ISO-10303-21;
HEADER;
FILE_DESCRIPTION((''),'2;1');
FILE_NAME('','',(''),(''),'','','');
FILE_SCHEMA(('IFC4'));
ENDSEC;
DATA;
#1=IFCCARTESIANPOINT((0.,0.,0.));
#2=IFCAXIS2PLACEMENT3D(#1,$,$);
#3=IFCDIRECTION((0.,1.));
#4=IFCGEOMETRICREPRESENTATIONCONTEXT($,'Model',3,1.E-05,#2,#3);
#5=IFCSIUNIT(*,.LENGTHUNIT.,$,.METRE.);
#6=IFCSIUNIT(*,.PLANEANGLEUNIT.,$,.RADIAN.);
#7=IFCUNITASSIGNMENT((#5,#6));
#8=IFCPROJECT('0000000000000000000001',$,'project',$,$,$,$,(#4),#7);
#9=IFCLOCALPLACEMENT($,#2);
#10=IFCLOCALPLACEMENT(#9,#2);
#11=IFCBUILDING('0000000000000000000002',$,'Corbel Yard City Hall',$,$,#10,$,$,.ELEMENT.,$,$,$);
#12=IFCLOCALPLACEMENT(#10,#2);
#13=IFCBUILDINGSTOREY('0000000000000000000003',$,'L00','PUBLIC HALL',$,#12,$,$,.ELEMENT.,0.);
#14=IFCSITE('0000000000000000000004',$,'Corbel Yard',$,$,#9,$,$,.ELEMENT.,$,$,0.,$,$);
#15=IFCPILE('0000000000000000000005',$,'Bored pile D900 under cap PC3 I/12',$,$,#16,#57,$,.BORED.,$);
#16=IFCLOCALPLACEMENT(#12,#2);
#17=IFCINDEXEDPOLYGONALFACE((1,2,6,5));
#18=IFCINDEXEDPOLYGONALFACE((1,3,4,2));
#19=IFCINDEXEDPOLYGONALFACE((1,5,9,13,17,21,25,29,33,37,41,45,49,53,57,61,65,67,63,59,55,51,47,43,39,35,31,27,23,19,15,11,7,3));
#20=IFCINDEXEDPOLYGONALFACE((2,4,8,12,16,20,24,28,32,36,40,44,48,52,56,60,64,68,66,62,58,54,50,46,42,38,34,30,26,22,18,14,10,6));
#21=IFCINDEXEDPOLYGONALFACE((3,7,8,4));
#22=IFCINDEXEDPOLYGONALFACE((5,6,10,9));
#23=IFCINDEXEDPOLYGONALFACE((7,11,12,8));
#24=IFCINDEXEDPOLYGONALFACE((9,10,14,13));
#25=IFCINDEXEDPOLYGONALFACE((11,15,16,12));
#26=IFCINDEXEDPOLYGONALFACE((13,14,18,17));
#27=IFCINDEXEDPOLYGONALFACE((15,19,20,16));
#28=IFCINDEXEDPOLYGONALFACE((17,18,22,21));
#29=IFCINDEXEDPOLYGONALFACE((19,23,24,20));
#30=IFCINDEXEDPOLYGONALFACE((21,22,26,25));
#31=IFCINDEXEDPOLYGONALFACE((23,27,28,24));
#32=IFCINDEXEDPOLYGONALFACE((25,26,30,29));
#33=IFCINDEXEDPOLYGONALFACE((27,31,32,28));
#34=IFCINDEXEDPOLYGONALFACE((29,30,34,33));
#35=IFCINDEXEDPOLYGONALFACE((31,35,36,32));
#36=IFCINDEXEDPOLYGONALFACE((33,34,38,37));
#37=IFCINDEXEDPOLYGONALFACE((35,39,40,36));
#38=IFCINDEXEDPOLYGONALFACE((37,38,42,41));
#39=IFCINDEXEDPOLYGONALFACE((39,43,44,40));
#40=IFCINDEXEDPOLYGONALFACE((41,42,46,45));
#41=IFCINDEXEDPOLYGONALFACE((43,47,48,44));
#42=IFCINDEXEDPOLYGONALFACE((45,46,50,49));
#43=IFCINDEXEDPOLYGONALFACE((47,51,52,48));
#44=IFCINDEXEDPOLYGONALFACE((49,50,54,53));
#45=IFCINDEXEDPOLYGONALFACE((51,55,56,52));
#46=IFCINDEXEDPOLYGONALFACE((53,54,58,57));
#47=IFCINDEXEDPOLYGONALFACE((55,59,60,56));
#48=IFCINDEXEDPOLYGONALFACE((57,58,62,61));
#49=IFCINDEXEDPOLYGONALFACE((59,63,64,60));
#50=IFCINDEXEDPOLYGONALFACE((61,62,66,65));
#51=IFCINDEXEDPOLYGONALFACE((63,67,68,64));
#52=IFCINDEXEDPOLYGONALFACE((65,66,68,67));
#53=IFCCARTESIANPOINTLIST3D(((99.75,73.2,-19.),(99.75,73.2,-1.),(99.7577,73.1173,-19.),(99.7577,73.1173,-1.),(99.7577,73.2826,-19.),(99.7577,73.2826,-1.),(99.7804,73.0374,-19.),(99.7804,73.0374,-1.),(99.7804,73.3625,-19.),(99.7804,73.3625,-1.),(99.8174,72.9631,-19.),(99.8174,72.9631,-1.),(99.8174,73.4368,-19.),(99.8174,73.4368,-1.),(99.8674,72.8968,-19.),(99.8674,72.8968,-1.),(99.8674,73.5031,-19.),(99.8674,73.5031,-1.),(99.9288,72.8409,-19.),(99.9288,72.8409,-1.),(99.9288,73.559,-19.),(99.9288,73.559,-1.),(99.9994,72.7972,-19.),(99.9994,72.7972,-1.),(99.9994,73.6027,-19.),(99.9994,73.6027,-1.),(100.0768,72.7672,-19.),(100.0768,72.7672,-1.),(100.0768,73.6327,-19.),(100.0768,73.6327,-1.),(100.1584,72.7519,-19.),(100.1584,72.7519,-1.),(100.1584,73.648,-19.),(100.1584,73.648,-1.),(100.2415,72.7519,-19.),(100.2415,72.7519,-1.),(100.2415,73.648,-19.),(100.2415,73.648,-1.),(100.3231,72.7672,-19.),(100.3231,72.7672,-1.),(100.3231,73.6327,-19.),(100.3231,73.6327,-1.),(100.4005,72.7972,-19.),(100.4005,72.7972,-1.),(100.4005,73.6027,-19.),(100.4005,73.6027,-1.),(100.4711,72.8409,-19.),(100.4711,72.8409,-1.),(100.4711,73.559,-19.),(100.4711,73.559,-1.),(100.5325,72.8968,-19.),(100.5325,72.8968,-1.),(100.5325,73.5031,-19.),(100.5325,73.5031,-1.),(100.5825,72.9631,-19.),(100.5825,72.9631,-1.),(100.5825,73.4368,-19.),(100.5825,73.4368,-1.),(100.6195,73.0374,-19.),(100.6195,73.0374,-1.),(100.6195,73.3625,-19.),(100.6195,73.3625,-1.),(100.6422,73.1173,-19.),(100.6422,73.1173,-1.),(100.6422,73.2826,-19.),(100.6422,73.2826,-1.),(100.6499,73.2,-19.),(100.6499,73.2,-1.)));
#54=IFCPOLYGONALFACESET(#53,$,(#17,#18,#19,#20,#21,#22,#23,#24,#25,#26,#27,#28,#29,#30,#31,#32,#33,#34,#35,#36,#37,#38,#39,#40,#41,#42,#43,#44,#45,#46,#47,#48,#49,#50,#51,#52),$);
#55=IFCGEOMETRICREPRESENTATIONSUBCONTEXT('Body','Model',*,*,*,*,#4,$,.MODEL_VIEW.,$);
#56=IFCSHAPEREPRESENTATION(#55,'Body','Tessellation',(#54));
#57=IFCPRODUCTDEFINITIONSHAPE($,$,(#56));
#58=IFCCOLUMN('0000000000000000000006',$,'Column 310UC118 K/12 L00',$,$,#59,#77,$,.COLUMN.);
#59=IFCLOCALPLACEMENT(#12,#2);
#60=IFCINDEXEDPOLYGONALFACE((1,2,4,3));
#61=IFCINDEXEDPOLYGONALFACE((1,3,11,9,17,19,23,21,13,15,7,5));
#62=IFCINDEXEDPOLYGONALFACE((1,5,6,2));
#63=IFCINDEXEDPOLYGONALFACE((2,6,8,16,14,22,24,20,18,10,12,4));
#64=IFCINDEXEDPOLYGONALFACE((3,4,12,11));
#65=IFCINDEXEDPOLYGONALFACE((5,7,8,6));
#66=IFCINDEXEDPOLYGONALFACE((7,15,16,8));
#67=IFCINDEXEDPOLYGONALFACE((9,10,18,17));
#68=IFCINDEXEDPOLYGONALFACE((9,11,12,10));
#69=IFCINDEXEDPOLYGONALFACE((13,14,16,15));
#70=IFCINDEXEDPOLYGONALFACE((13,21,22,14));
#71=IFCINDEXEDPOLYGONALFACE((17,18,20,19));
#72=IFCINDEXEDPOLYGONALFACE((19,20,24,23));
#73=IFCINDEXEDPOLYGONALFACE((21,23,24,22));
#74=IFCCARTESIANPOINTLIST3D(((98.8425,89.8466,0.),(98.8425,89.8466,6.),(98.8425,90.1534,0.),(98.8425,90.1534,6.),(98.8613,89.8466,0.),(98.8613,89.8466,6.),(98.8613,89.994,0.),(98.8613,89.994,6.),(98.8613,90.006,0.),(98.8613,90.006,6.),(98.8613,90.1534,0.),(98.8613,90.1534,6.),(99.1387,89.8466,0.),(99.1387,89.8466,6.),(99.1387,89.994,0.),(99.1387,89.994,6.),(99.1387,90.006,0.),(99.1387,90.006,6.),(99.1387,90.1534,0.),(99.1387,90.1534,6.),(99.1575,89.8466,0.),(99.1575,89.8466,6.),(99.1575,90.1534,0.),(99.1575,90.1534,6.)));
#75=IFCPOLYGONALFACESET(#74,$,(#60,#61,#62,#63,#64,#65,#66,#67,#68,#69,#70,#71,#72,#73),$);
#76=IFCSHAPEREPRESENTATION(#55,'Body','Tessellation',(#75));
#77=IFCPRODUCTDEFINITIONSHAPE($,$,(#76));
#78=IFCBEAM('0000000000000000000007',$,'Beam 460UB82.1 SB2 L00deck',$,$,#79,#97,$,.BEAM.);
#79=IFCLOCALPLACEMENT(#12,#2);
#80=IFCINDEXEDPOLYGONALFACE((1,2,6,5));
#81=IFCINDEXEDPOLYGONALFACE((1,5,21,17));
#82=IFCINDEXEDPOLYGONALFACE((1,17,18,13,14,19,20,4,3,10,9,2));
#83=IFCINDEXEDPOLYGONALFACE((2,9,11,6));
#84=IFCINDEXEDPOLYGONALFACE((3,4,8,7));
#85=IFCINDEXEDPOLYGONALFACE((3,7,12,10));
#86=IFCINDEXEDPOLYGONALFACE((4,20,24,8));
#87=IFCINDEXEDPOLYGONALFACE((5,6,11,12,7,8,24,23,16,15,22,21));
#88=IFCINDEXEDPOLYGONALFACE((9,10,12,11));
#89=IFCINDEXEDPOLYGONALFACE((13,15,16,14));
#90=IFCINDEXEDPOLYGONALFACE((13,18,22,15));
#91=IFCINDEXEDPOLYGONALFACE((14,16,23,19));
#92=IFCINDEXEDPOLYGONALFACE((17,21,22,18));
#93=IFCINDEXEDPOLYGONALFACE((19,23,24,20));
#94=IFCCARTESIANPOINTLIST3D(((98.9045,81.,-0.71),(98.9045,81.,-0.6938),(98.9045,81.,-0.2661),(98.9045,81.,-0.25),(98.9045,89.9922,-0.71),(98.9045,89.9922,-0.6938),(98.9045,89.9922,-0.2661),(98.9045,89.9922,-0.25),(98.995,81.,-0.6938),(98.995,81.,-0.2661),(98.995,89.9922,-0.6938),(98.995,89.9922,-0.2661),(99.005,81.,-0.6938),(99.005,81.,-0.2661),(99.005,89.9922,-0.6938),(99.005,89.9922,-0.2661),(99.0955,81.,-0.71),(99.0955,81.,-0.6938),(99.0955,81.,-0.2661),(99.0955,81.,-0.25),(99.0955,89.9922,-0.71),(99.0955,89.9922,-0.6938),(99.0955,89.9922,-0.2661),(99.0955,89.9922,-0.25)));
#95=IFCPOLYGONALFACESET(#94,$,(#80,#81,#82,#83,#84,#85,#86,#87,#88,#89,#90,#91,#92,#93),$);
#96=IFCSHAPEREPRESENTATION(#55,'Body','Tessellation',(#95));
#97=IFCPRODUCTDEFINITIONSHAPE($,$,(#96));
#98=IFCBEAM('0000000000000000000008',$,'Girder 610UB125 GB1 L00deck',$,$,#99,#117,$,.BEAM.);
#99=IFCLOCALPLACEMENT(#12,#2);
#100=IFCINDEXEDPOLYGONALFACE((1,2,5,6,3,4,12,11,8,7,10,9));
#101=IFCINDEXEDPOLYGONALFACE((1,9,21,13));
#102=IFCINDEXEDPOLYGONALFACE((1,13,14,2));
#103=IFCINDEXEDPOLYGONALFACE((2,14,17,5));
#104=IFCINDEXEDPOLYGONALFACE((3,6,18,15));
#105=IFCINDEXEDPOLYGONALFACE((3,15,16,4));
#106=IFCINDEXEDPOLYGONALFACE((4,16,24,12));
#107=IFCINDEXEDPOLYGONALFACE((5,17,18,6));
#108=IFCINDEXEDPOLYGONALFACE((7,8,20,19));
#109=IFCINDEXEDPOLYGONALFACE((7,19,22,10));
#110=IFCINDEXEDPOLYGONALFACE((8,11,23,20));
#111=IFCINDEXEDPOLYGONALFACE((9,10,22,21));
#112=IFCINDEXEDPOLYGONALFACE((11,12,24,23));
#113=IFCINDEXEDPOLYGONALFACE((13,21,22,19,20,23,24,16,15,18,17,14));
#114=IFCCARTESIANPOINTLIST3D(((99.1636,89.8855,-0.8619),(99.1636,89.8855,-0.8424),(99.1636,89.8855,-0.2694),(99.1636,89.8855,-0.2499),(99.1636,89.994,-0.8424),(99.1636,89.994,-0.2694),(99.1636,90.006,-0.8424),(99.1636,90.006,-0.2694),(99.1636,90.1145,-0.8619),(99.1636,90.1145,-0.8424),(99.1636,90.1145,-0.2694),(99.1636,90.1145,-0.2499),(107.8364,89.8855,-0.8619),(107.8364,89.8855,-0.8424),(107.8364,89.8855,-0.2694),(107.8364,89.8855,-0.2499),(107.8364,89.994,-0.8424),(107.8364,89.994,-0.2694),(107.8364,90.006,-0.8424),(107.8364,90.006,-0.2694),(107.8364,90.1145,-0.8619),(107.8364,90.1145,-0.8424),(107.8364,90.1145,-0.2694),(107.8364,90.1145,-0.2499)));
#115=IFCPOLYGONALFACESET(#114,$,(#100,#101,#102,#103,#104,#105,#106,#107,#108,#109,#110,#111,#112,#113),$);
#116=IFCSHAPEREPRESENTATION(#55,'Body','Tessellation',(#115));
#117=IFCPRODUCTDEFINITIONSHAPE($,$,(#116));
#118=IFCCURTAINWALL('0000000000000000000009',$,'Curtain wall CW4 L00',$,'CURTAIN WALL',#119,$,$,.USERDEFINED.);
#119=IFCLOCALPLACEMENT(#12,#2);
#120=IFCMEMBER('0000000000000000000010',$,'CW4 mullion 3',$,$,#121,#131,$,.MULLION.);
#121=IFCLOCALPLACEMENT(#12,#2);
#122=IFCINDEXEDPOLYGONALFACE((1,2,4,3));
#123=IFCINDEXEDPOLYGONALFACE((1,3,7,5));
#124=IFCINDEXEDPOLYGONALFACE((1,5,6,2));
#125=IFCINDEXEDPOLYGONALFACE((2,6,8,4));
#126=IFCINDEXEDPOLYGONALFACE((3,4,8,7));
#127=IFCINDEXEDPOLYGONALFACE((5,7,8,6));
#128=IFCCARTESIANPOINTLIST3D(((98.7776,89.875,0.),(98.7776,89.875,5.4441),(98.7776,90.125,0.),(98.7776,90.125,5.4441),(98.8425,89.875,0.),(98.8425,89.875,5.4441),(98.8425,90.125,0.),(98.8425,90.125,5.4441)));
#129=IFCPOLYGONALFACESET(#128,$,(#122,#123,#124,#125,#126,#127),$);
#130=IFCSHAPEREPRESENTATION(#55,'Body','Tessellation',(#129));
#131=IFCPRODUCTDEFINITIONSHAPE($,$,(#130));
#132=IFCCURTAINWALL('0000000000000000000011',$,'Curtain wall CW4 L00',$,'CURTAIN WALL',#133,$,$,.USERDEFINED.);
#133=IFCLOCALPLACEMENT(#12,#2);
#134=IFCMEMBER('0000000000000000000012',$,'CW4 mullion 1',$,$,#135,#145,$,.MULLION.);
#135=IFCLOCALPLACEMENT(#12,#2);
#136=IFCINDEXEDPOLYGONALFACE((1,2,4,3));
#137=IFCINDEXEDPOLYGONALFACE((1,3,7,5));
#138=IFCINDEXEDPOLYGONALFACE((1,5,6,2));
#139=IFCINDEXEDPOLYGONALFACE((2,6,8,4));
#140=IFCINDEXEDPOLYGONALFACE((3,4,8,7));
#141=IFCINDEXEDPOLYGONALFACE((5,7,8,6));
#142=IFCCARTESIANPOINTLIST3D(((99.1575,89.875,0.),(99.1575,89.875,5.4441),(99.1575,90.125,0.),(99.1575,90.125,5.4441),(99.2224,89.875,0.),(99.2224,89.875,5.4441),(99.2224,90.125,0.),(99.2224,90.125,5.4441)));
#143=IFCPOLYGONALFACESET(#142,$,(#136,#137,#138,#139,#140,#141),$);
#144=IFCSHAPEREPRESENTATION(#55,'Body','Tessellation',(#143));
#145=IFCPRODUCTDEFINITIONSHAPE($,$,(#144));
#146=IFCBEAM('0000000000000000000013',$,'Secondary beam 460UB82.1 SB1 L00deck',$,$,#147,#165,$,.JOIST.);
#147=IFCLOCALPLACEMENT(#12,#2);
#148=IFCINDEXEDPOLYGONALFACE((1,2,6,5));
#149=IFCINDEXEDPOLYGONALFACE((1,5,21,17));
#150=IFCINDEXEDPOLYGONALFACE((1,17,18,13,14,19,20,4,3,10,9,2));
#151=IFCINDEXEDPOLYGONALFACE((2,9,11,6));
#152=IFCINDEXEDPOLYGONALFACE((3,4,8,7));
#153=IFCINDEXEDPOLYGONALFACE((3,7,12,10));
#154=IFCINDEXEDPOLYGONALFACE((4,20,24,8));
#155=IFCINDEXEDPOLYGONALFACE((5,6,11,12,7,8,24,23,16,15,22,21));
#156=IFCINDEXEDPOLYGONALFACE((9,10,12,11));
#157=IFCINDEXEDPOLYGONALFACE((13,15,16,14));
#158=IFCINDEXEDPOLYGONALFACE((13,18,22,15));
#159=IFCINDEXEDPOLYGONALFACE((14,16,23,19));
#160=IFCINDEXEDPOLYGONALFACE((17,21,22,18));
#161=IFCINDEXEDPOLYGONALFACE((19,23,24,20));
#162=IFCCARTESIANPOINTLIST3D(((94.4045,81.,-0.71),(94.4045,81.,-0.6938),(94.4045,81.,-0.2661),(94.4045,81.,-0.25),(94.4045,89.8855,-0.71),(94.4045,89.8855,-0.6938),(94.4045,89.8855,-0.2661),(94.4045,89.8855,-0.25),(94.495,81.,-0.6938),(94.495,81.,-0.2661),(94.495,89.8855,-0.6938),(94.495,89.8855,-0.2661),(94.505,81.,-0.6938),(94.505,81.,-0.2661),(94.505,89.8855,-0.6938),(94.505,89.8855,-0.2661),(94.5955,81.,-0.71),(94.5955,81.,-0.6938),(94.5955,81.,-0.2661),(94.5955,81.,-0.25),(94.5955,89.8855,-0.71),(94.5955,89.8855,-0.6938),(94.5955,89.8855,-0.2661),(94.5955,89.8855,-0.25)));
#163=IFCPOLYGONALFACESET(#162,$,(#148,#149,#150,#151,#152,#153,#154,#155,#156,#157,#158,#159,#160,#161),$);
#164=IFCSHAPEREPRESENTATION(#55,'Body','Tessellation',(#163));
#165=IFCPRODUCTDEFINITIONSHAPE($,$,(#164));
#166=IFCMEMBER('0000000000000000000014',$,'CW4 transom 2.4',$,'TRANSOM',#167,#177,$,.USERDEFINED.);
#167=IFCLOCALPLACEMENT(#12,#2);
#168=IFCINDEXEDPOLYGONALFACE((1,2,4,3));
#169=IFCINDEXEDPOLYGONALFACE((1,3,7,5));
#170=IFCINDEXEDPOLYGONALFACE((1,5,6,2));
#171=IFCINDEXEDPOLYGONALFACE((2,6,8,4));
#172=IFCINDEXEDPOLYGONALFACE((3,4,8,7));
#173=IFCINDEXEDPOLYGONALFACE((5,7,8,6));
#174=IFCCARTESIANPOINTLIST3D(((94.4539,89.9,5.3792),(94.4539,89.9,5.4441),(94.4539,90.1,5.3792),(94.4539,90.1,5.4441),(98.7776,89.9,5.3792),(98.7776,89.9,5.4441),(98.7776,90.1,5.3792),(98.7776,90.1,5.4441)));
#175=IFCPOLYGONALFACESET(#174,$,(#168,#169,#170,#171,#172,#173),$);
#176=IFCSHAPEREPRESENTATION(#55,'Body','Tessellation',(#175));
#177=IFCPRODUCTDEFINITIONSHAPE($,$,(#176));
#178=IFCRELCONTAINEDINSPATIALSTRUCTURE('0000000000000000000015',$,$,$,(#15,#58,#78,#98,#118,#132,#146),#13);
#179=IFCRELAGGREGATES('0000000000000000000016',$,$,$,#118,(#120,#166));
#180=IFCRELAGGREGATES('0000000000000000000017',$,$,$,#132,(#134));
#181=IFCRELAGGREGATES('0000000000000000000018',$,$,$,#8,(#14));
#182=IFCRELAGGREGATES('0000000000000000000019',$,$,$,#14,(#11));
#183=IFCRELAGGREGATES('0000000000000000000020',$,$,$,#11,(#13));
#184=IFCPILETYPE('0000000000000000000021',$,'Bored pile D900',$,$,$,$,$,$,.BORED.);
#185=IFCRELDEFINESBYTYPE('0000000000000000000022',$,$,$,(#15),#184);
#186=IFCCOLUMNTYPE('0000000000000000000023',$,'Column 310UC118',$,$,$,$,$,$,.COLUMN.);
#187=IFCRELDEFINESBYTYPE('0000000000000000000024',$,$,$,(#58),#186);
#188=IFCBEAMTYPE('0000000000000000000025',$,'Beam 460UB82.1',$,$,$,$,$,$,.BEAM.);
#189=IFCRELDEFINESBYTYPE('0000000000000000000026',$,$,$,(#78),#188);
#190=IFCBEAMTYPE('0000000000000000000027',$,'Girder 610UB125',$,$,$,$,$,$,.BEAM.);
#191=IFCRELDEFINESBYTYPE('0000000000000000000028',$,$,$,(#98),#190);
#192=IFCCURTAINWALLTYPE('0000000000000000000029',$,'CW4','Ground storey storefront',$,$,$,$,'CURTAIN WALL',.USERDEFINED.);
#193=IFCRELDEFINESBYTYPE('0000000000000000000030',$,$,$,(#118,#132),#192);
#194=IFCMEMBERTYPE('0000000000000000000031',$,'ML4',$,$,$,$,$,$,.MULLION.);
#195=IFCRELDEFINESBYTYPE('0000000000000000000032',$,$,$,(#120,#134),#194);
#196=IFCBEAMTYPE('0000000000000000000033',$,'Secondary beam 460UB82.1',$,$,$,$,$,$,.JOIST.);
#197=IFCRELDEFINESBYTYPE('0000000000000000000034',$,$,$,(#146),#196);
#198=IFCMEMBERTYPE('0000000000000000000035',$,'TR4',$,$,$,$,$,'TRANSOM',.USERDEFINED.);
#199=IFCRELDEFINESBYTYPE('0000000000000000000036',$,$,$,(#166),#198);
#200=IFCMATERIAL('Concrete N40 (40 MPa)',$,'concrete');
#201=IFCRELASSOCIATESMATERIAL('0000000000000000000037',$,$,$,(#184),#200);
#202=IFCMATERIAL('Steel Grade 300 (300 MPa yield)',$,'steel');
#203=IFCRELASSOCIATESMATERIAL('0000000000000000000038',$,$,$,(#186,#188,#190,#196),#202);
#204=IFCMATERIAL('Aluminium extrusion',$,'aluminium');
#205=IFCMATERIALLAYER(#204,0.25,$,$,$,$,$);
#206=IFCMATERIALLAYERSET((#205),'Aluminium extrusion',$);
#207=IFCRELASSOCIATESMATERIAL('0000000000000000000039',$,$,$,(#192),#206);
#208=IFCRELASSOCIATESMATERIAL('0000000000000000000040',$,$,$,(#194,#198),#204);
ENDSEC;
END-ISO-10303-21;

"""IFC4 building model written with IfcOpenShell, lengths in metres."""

from ifc_helpers import new_model, si_unit, direction, frame, origin, origin_2d, place, context, subcontext, project, spatial, rectangle, circle, i_section, extrude, material, layer, layer_set, material_profile, profile_set, type_object, element, aggregate, save


model = new_model("IFC4")

# Units and contexts
model_context = context("Model", 3, precision=1e-05, world=origin(), true_north=direction((0.0, 1.0)))
body_context = subcontext(model_context, "Body", "Model", "MODEL_VIEW")
ifc_project = project(units=[si_unit("LENGTHUNIT", "METRE"), si_unit("PLANEANGLEUNIT", "RADIAN")], contexts=[model_context])

# Site, building, storey
site_placement = place(None, origin())
site = spatial("IfcSite", under=ifc_project, at=site_placement, Name="Corbel Yard", CompositionType="ELEMENT", RefElevation=0.0)
building_placement = place(site_placement, origin())
building = spatial("IfcBuilding", under=site, at=building_placement, Name="Corbel Yard City Hall", CompositionType="ELEMENT")
storey_placement = place(building_placement, origin())
storey = spatial("IfcBuildingStorey", under=building, at=storey_placement, Name="L00", Description="PUBLIC HALL", CompositionType="ELEMENT", Elevation=0.0)

# Pile
ifc_material_1 = material(Name="Concrete N40 (40 MPa)", Category="concrete")
ifc_material_profile_1 = material_profile(ifc_material_1, circle(Radius=0.45, at=origin_2d()), Name="D900")
ifc_profile_set_1 = profile_set([ifc_material_profile_1], Name="Concrete N40 (40 MPa)")
pile_type = type_object("IfcPileType", Name="Bored pile D900", PredefinedType="BORED", material=ifc_profile_set_1)
pile_placement = place(storey_placement, frame((100.2, 73.2, -1.0), z_axis=(0.0, 0.0, -1.0), x_axis=(1.0, 0.0, 0.0)))
element("IfcPile", 1, at=pile_placement, inside=storey, type_object=pile_type, Name="Bored pile D900 under cap PC3 I/12", PredefinedType="BORED", context=body_context, shape_type="SweptSolid", body=[
    extrude(circle(Radius=0.45, at=origin_2d()), origin(), (0.0, 0.0, 1.0), 18.0),
])

# Column
ifc_material_2 = material(Name="Steel Grade 300 (300 MPa yield)", Category="steel")
ifc_material_profile_2 = material_profile(ifc_material_2, i_section(OverallWidth=0.3069, OverallDepth=0.3149, WebThickness=0.012, FlangeThickness=0.0188, at=origin_2d()), Name="310UC118")
ifc_profile_set_2 = profile_set([ifc_material_profile_2], Name="Steel Grade 300 (300 MPa yield)")
column_type = type_object("IfcColumnType", Name="Column 310UC118", PredefinedType="COLUMN", material=ifc_profile_set_2)
column_placement = place(storey_placement, frame((99.0, 90.0, 0.0), z_axis=(0.0, 0.0, 1.0), x_axis=(0.0, 1.0, 0.0)))
element("IfcColumn", 2, at=column_placement, inside=storey, type_object=column_type, Name="Column 310UC118 K/12 L00", PredefinedType="COLUMN", context=body_context, shape_type="SweptSolid", body=[
    extrude(i_section(OverallWidth=0.3069, OverallDepth=0.3149, WebThickness=0.012, FlangeThickness=0.0188, at=origin_2d()), origin(), (0.0, 0.0, 1.0), 6.0),
])

# Beams
ifc_material_profile_3 = material_profile(ifc_material_2, i_section(OverallWidth=0.1909, OverallDepth=0.46, WebThickness=0.01, FlangeThickness=0.0161, at=origin_2d()), Name="460UB82.1")
ifc_profile_set_3 = profile_set([ifc_material_profile_3], Name="Steel Grade 300 (300 MPa yield)")
beam_type_1 = type_object("IfcBeamType", Name="Beam 460UB82.1", PredefinedType="BEAM", material=ifc_profile_set_3)
beam_1_placement = place(storey_placement, frame((99.0, 81.0, -0.48), z_axis=(0.0, 1.0, 0.0), x_axis=(-1.0, 0.0, 0.0)))
element("IfcBeam", 3, at=beam_1_placement, inside=storey, type_object=beam_type_1, Name="Beam 460UB82.1 SB2 L00deck", PredefinedType="BEAM", context=body_context, shape_type="SweptSolid", body=[
    extrude(i_section(OverallWidth=0.1909, OverallDepth=0.46, WebThickness=0.01, FlangeThickness=0.0161, at=origin_2d()), origin(), (0.0, 0.0, 1.0), 8.9922),
])
ifc_material_profile_4 = material_profile(ifc_material_2, i_section(OverallWidth=0.229, OverallDepth=0.6121, WebThickness=0.012, FlangeThickness=0.0195, at=origin_2d()), Name="610UB125")
ifc_profile_set_4 = profile_set([ifc_material_profile_4], Name="Steel Grade 300 (300 MPa yield)")
beam_type_2 = type_object("IfcBeamType", Name="Girder 610UB125", PredefinedType="BEAM", material=ifc_profile_set_4)
beam_2_placement = place(storey_placement, frame((99.1636, 90.0, -0.5559), z_axis=(1.0, 0.0, 0.0), x_axis=(0.0, 1.0, 0.0)))
element("IfcBeam", 4, at=beam_2_placement, inside=storey, type_object=beam_type_2, Name="Girder 610UB125 GB1 L00deck", PredefinedType="BEAM", context=body_context, shape_type="SweptSolid", body=[
    extrude(i_section(OverallWidth=0.229, OverallDepth=0.6121, WebThickness=0.012, FlangeThickness=0.0195, at=origin_2d()), origin(), (0.0, 0.0, 1.0), 8.6729),
])

# Curtain walls, members
ifc_material_3 = material(Name="Aluminium extrusion", Category="aluminium")
ifc_layer_1 = layer(ifc_material_3, 0.25)
ifc_layer_set_1 = layer_set([ifc_layer_1], Name="Aluminium extrusion")
curtain_wall_type = type_object("IfcCurtainWallType", Name="CW4", Description="Ground storey storefront", ElementType="CURTAIN WALL", PredefinedType="USERDEFINED", material=ifc_layer_set_1)
curtain_wall_1_placement = place(storey_placement, origin())
curtain_wall_1 = element("IfcCurtainWall", 5, at=curtain_wall_1_placement, inside=storey, type_object=curtain_wall_type, Name="Curtain wall CW4 L00", ObjectType="CURTAIN WALL", PredefinedType="USERDEFINED")
ifc_material_profile_5 = material_profile(ifc_material_3, rectangle(XDim=0.25, YDim=0.0649, at=origin_2d()), Name="250x65")
ifc_profile_set_5 = profile_set([ifc_material_profile_5], Name="Aluminium extrusion")
member_type_1 = type_object("IfcMemberType", Name="ML4", PredefinedType="MULLION", material=ifc_profile_set_5)
member_1_placement = place(storey_placement, frame((98.8101, 90.0, 0.0), z_axis=(0.0, 0.0, 1.0), x_axis=(0.0, 1.0, 0.0)))
member_1 = element("IfcMember", 6, at=member_1_placement, type_object=member_type_1, Name="CW4 mullion 3", PredefinedType="MULLION", context=body_context, shape_type="SweptSolid", body=[
    extrude(rectangle(XDim=0.25, YDim=0.0649, at=origin_2d()), origin(), (0.0, 0.0, 1.0), 5.4441),
])
curtain_wall_2_placement = place(storey_placement, origin())
curtain_wall_2 = element("IfcCurtainWall", 7, at=curtain_wall_2_placement, inside=storey, type_object=curtain_wall_type, Name="Curtain wall CW4 L00", ObjectType="CURTAIN WALL", PredefinedType="USERDEFINED")
member_2_placement = place(storey_placement, frame((99.1899, 90.0, 0.0), z_axis=(0.0, 0.0, 1.0), x_axis=(0.0, 1.0, 0.0)))
member_2 = element("IfcMember", 8, at=member_2_placement, type_object=member_type_1, Name="CW4 mullion 1", PredefinedType="MULLION", context=body_context, shape_type="SweptSolid", body=[
    extrude(rectangle(XDim=0.25, YDim=0.0649, at=origin_2d()), origin(), (0.0, 0.0, 1.0), 5.4441),
])

# Beam
ifc_material_profile_6 = material_profile(ifc_material_2, i_section(OverallWidth=0.1909, OverallDepth=0.46, WebThickness=0.01, FlangeThickness=0.0161, at=origin_2d()), Name="460UB82.1")
ifc_profile_set_6 = profile_set([ifc_material_profile_6], Name="Steel Grade 300 (300 MPa yield)")
beam_type_3 = type_object("IfcBeamType", Name="Secondary beam 460UB82.1", PredefinedType="JOIST", material=ifc_profile_set_6)
beam_3_placement = place(storey_placement, frame((94.5, 81.0, -0.48), z_axis=(0.0, 1.0, 0.0), x_axis=(-1.0, 0.0, 0.0)))
element("IfcBeam", 9, at=beam_3_placement, inside=storey, type_object=beam_type_3, Name="Secondary beam 460UB82.1 SB1 L00deck", PredefinedType="JOIST", context=body_context, shape_type="SweptSolid", body=[
    extrude(i_section(OverallWidth=0.1909, OverallDepth=0.46, WebThickness=0.01, FlangeThickness=0.0161, at=origin_2d()), origin(), (0.0, 0.0, 1.0), 8.8855),
])

# Member
ifc_material_profile_7 = material_profile(ifc_material_3, rectangle(XDim=0.2, YDim=0.0649, at=origin_2d()), Name="200x65")
ifc_profile_set_7 = profile_set([ifc_material_profile_7], Name="Aluminium extrusion")
member_type_2 = type_object("IfcMemberType", Name="TR4", ElementType="TRANSOM", PredefinedType="USERDEFINED", material=ifc_profile_set_7)
member_3_placement = place(storey_placement, frame((94.4539, 90.0, 5.4116), z_axis=(1.0, 0.0, 0.0), x_axis=(0.0, 1.0, 0.0)))
member_3 = element("IfcMember", 10, at=member_3_placement, type_object=member_type_2, Name="CW4 transom 2.4", ObjectType="TRANSOM", PredefinedType="USERDEFINED", context=body_context, shape_type="SweptSolid", body=[
    extrude(rectangle(XDim=0.2, YDim=0.0649, at=origin_2d()), origin(), (0.0, 0.0, 1.0), 4.3237),
])

aggregate(curtain_wall_1, [member_1, member_3])
aggregate(curtain_wall_2, [member_2])

save(model, "model.ifc")
